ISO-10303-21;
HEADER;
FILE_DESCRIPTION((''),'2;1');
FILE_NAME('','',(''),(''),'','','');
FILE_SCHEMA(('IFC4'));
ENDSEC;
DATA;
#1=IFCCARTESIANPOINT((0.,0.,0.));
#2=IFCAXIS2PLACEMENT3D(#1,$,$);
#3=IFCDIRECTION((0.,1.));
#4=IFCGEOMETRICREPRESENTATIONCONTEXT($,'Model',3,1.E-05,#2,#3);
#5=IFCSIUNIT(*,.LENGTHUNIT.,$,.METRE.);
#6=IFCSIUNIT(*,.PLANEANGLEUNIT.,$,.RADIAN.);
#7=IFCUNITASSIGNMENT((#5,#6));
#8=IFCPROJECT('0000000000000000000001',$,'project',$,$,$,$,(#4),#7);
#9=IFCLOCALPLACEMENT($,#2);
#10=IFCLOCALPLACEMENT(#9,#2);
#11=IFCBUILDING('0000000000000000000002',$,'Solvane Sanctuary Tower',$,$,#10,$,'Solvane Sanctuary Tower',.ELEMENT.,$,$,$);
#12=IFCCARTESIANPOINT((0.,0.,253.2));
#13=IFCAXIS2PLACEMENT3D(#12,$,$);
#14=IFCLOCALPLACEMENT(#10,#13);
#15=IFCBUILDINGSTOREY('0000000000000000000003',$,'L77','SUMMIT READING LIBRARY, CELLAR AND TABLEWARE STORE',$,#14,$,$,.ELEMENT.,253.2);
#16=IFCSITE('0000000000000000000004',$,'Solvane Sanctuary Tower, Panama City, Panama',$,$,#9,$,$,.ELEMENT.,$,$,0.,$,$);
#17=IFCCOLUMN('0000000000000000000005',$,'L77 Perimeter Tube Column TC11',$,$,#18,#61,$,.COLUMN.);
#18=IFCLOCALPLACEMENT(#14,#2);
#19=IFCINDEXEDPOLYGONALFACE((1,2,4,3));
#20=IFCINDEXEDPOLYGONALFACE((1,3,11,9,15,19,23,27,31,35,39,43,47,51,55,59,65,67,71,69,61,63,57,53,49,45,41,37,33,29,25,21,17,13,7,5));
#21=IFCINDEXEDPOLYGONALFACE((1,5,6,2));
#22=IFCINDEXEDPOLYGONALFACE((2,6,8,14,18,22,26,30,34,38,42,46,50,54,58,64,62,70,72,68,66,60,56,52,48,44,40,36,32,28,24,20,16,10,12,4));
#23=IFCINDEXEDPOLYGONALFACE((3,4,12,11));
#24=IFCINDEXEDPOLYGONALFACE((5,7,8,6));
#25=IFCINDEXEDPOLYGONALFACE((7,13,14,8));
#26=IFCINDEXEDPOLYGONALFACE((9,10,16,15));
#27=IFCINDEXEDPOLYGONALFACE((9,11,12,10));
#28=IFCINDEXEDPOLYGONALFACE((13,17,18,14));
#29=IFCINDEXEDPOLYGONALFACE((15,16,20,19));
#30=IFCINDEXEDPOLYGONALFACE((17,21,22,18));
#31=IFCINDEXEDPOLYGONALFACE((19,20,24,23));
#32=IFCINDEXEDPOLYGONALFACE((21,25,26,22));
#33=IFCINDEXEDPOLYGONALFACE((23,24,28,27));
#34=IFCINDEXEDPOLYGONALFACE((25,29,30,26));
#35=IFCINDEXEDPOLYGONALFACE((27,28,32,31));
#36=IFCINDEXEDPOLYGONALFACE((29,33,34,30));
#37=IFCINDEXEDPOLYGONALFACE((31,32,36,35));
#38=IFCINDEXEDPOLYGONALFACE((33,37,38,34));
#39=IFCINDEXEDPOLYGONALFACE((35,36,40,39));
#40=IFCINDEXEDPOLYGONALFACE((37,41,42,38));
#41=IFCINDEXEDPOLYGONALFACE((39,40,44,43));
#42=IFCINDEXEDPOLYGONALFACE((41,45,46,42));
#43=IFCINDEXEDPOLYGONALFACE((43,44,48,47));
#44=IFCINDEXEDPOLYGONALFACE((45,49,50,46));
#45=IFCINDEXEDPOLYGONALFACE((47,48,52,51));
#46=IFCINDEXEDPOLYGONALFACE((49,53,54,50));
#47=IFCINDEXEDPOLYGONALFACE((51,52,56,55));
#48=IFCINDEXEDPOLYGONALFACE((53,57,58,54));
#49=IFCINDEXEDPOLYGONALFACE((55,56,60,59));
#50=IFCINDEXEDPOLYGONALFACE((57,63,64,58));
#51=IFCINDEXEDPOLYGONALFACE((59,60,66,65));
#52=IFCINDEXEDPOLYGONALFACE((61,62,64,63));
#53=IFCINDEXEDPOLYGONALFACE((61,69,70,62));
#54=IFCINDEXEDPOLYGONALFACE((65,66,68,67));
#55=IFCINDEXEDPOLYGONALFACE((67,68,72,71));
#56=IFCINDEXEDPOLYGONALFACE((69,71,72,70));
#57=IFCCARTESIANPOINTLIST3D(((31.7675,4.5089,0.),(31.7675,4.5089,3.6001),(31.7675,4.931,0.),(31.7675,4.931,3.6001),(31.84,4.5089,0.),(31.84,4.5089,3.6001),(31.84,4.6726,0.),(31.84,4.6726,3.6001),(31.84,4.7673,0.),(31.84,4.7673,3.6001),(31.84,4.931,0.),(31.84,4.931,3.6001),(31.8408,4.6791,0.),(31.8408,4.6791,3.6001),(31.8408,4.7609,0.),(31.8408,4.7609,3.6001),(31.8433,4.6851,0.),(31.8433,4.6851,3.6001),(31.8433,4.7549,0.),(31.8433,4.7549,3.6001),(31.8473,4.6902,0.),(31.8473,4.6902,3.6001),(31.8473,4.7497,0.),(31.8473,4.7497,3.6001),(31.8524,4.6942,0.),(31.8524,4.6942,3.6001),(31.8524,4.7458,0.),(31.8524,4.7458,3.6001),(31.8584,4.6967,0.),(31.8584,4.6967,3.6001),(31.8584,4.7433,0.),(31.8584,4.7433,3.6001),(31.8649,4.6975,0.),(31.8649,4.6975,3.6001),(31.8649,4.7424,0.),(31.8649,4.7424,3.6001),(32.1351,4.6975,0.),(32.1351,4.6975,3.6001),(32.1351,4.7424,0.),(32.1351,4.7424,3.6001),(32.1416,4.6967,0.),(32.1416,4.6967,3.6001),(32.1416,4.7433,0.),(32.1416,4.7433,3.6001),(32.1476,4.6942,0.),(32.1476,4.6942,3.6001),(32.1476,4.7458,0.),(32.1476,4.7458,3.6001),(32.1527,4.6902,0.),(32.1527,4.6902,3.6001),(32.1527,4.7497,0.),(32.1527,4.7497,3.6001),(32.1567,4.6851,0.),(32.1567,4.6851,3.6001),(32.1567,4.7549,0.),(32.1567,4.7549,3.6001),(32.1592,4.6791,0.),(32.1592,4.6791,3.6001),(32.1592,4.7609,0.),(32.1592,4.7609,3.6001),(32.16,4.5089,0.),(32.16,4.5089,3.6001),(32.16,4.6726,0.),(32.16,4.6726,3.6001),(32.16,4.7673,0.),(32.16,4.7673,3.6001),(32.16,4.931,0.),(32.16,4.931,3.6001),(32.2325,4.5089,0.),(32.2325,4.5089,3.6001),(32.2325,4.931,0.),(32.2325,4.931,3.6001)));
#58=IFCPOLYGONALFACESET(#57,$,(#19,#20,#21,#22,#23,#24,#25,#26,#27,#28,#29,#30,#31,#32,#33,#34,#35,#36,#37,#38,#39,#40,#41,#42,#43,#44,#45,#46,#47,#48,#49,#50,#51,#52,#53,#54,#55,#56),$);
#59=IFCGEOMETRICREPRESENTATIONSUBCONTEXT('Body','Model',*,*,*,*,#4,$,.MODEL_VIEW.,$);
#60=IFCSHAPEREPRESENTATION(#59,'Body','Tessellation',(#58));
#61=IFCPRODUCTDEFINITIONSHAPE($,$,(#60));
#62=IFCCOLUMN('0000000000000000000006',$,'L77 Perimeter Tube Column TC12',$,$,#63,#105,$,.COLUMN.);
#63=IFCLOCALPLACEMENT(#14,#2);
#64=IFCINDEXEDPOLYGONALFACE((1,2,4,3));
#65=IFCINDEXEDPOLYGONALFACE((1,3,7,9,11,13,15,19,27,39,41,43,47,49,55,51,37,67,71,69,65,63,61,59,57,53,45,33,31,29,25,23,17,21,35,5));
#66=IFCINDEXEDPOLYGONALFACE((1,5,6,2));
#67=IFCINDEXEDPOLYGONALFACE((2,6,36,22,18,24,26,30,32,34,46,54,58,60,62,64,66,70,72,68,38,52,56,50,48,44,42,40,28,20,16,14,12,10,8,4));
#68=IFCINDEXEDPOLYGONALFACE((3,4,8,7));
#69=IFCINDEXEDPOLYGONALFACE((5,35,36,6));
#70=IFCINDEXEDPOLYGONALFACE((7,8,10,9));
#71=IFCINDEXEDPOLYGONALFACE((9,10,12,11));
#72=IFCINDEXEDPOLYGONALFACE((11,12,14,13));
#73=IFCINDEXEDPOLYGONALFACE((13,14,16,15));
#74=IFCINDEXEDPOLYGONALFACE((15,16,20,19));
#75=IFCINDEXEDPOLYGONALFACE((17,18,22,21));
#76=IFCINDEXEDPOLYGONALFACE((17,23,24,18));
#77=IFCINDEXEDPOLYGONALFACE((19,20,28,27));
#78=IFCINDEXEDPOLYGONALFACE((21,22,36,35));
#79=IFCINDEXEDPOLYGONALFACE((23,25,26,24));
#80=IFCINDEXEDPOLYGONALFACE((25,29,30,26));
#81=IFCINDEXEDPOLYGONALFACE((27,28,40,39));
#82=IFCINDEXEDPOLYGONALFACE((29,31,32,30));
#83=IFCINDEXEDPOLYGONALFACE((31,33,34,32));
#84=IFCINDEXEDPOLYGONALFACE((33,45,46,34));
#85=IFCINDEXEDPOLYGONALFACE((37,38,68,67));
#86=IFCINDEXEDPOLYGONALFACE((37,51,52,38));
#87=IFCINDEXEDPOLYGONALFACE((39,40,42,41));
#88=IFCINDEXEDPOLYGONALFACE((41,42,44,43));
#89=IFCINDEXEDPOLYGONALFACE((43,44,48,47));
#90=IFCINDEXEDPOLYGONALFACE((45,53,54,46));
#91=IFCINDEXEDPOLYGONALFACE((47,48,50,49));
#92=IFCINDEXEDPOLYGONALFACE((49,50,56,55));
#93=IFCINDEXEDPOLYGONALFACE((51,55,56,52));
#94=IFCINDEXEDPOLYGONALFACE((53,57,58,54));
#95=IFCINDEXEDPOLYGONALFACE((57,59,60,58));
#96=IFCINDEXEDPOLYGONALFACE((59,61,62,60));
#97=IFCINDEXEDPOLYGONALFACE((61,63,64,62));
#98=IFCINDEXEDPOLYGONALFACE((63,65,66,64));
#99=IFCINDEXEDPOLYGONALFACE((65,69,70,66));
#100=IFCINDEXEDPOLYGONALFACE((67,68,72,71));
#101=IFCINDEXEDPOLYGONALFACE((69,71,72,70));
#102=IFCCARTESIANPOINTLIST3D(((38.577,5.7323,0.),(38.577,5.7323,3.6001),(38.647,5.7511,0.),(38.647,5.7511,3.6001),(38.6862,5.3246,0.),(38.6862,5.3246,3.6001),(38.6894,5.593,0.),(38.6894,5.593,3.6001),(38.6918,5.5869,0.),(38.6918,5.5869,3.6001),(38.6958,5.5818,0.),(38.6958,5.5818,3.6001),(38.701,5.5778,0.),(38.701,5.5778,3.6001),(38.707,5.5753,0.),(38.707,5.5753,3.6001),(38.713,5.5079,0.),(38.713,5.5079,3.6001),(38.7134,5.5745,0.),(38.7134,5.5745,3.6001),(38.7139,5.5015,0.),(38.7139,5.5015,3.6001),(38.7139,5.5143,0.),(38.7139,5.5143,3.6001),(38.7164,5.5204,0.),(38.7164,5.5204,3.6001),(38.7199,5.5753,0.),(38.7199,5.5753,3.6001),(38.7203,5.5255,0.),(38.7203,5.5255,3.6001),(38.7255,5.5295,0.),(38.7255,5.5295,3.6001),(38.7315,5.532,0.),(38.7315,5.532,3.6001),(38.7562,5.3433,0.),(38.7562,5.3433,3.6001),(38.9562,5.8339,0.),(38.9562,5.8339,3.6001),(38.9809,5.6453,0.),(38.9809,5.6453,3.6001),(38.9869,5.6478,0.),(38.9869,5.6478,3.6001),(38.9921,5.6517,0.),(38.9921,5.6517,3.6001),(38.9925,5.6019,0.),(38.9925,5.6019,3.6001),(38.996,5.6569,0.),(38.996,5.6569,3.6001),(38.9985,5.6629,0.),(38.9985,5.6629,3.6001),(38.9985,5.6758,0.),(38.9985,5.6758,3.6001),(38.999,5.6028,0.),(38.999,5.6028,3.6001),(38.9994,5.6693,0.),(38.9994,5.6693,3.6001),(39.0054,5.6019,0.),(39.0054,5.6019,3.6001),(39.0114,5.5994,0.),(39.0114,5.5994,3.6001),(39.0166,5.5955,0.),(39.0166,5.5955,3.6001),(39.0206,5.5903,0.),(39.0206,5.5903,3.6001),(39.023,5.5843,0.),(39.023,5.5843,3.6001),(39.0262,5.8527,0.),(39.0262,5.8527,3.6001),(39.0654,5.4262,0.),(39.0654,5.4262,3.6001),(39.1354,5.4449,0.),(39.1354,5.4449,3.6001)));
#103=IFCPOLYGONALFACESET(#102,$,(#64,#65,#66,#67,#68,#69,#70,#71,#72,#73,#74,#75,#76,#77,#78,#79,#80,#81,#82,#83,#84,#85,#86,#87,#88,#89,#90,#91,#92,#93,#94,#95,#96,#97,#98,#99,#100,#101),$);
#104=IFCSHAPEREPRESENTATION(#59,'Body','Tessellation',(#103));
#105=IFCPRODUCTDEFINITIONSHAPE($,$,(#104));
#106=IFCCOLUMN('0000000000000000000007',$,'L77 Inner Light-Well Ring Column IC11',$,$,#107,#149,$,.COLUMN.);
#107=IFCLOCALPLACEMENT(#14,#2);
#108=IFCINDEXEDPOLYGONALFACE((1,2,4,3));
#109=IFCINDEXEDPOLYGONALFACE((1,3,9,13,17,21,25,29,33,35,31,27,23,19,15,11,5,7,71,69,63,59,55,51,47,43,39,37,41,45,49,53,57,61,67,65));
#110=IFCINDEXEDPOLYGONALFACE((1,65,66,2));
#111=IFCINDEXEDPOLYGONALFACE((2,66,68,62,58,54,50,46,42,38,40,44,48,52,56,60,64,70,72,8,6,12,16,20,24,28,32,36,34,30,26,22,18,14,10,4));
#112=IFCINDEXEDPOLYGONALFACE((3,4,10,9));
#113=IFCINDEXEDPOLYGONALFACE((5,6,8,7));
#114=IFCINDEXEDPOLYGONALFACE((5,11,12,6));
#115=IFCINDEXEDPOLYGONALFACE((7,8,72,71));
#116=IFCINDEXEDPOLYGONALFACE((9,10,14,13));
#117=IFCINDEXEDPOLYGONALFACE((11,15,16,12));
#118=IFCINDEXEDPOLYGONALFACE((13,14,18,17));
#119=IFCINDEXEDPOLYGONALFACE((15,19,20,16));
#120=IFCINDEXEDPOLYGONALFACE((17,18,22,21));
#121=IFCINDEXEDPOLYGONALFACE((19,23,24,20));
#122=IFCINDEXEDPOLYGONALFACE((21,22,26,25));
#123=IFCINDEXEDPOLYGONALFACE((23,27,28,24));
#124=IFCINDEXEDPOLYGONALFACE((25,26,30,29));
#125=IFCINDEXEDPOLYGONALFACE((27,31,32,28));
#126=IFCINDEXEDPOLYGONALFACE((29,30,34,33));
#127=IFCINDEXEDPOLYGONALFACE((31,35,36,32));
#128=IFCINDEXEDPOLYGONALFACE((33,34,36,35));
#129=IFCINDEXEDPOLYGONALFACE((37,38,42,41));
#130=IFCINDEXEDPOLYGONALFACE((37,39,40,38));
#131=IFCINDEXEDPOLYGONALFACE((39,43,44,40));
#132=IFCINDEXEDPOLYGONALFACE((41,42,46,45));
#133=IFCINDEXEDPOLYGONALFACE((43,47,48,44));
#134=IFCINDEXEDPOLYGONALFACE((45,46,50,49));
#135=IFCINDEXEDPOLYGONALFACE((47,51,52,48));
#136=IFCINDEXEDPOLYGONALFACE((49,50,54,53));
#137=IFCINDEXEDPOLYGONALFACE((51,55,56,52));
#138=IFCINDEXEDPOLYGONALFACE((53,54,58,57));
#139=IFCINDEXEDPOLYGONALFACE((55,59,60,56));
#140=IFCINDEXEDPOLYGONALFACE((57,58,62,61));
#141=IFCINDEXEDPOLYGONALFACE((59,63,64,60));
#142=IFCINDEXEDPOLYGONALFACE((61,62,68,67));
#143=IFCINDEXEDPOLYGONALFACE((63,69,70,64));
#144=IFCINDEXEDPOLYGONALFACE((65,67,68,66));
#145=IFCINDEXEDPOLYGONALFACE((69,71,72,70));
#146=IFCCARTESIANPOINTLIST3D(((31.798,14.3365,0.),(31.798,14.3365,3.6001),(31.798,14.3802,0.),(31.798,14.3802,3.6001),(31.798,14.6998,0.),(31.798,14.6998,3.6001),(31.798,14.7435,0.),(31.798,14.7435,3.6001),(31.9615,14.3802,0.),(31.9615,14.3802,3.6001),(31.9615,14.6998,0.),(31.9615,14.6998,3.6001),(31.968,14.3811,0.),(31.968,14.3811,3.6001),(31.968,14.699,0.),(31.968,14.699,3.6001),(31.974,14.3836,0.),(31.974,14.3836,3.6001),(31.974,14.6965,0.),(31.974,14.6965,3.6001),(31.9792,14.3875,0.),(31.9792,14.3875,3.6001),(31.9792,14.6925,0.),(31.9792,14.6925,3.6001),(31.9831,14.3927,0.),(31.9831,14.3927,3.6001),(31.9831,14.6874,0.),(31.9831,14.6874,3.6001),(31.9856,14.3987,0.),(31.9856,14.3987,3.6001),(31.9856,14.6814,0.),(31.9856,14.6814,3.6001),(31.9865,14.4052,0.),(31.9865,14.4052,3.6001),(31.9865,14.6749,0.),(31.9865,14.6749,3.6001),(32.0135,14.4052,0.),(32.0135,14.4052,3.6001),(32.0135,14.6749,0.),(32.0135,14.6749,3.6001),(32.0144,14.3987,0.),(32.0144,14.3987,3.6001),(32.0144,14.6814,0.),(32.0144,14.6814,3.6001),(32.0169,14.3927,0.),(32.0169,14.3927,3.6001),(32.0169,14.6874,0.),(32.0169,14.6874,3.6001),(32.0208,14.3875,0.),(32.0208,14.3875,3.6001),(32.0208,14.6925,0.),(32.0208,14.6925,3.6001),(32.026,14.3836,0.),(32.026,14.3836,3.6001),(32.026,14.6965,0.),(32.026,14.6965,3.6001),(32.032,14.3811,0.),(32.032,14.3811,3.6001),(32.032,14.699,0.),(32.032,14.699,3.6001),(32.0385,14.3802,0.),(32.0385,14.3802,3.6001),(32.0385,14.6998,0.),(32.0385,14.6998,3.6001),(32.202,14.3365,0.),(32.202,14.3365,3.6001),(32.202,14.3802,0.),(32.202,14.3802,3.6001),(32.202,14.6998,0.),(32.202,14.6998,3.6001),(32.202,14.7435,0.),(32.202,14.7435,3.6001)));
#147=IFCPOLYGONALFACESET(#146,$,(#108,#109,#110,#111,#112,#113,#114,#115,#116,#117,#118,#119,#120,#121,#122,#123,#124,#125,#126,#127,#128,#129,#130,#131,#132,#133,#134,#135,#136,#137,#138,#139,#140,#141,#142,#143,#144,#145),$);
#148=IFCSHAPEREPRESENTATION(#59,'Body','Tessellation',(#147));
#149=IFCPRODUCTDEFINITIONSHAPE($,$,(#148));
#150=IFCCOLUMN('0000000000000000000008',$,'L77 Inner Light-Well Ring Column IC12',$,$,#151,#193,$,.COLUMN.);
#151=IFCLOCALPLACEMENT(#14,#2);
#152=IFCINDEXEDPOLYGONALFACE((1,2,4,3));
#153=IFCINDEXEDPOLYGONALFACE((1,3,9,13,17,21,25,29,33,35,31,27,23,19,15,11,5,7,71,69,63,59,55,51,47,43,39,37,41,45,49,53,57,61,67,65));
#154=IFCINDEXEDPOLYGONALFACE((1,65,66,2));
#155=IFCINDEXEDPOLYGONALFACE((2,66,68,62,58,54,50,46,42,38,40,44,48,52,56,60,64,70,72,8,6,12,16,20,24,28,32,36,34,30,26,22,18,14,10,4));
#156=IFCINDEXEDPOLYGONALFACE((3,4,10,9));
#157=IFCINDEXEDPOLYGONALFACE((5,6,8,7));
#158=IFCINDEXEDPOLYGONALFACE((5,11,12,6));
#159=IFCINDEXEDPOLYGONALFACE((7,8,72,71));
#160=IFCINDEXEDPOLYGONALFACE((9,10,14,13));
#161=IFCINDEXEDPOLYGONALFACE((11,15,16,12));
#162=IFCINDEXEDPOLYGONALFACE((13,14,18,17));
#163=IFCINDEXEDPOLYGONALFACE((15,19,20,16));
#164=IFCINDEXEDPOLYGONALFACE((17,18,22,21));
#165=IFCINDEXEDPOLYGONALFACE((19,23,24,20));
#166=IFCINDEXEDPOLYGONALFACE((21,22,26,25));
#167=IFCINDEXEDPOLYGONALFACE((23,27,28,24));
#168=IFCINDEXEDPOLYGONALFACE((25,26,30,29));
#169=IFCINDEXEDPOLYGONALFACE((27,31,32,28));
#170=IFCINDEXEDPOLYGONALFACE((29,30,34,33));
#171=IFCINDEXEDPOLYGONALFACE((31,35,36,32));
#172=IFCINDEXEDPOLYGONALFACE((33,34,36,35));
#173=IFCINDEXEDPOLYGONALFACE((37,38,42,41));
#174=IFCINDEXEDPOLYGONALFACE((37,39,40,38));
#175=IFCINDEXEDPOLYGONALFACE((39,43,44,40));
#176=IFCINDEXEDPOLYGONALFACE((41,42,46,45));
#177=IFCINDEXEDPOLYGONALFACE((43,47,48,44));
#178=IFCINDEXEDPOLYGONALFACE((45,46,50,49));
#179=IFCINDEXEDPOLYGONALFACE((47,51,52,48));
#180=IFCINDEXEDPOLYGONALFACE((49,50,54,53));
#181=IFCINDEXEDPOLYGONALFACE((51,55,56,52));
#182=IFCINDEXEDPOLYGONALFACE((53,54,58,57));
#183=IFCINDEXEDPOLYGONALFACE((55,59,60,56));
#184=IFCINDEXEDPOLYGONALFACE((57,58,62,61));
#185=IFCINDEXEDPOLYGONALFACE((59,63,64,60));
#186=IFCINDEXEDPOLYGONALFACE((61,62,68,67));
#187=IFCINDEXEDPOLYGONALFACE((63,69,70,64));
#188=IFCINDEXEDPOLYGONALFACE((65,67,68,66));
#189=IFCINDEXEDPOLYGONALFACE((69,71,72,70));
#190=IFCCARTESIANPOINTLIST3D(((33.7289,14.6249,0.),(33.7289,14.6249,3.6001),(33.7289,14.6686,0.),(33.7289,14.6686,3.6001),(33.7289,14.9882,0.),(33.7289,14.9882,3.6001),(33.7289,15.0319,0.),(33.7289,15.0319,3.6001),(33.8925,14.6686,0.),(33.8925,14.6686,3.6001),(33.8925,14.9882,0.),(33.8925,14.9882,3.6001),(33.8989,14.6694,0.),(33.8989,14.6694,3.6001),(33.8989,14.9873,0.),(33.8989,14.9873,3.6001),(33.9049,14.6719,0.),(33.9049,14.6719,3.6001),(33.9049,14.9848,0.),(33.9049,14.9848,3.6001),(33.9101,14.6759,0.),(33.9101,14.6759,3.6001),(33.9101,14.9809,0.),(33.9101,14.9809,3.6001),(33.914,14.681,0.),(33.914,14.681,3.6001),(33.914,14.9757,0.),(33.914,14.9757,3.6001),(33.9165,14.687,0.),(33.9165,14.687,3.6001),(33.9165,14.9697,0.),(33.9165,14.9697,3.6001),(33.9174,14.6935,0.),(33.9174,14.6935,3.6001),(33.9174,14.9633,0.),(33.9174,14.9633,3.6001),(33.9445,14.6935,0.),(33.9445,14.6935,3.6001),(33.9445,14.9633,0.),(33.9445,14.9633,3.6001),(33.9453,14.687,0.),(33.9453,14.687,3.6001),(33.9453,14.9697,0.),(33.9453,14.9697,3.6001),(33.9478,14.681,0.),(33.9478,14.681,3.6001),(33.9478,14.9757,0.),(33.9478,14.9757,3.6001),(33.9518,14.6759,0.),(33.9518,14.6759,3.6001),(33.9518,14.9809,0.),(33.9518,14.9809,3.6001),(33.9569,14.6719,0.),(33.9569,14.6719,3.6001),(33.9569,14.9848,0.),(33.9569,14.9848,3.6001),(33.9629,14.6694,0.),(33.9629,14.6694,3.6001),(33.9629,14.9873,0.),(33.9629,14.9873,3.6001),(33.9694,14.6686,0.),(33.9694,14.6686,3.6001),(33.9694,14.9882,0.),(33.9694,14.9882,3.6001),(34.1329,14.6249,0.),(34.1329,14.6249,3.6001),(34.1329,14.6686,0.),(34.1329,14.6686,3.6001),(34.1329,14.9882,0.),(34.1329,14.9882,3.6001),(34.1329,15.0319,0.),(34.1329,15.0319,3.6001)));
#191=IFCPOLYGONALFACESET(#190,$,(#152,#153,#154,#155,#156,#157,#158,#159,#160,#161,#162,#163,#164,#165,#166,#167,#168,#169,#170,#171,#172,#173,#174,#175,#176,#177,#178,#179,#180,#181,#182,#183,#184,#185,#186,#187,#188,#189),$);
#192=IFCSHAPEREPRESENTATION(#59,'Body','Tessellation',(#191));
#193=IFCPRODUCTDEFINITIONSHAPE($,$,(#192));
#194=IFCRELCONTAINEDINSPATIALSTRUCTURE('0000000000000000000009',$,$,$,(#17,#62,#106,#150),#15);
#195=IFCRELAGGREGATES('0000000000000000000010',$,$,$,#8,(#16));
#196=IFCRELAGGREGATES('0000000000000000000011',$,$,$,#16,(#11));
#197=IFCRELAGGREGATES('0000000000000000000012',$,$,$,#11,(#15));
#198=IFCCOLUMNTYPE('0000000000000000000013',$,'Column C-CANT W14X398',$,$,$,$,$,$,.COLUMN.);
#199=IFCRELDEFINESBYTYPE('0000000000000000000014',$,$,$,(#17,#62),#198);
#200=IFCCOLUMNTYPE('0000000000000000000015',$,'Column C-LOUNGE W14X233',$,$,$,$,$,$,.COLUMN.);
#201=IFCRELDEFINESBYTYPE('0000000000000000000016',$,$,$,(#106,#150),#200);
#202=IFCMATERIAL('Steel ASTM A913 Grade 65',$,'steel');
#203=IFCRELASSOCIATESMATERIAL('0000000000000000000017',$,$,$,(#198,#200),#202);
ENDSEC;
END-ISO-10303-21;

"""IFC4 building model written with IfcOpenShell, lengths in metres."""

from ifc_helpers import new_model, si_unit, direction, frame, origin, origin_2d, place, context, subcontext, project, spatial, i_section, extrude, material, material_profile, profile_set, type_object, element, save


model = new_model("IFC4")

# Units and contexts
model_context = context("Model", 3, precision=1e-05, world=origin(), true_north=direction((0.0, 1.0)))
body_context = subcontext(model_context, "Body", "Model", "MODEL_VIEW")
ifc_project = project(units=[si_unit("LENGTHUNIT", "METRE"), si_unit("PLANEANGLEUNIT", "RADIAN")], contexts=[model_context])

# Site, building, storey
site_placement = place(None, origin())
site = spatial("IfcSite", under=ifc_project, at=site_placement, Name="Solvane Sanctuary Tower, Panama City, Panama", CompositionType="ELEMENT", RefElevation=0.0)
building_placement = place(site_placement, origin())
building = spatial("IfcBuilding", under=site, at=building_placement, Name="Solvane Sanctuary Tower", LongName="Solvane Sanctuary Tower", CompositionType="ELEMENT")
storey_placement = place(building_placement, frame((0.0, 0.0, 253.2)))
storey = spatial("IfcBuildingStorey", under=building, at=storey_placement, Name="L77", Description="SUMMIT READING LIBRARY, CELLAR AND TABLEWARE STORE", CompositionType="ELEMENT", Elevation=253.2)

# Columns
ifc_material_1 = material(Name="Steel ASTM A913 Grade 65", Category="steel")
ifc_material_profile_1 = material_profile(ifc_material_1, i_section(OverallWidth=0.4221, OverallDepth=0.4651, WebThickness=0.0449, FlangeThickness=0.0725, FilletRadius=0.0249, at=origin_2d()), Name="W14X398")
ifc_profile_set_1 = profile_set([ifc_material_profile_1], Name="Steel ASTM A913 Grade 65")
column_type_1 = type_object("IfcColumnType", Name="Column C-CANT W14X398", PredefinedType="COLUMN", material=ifc_profile_set_1)
for number, where, z_axis, x_axis, name in (
    (1, (32.0, 4.72, 0.0), (0.0, 0.0, 1.0), (0.0, -1.0, 0.0), "L77 Perimeter Tube Column TC11"),
    (2, (38.8562, 5.5886, 0.0), (0.0, 0.0, 1.0), (0.258819, -0.965926, 0.0), "L77 Perimeter Tube Column TC12"),
):
    element("IfcColumn", number, at=place(storey_placement, frame(where, z_axis=z_axis, x_axis=x_axis)), inside=storey, type_object=column_type_1, Name=name, PredefinedType="COLUMN", context=body_context, shape_type="SweptSolid", body=[
        extrude(i_section(OverallWidth=0.4221, OverallDepth=0.4651, WebThickness=0.0449, FlangeThickness=0.0725, FilletRadius=0.0249, at=origin_2d()), origin(), (0.0, 0.0, 1.0), 3.6001),
    ])
ifc_material_profile_2 = material_profile(ifc_material_1, i_section(OverallWidth=0.4041, OverallDepth=0.407, WebThickness=0.0271, FlangeThickness=0.0437, FilletRadius=0.0249, at=origin_2d()), Name="W14X233")
ifc_profile_set_2 = profile_set([ifc_material_profile_2], Name="Steel ASTM A913 Grade 65")
column_type_2 = type_object("IfcColumnType", Name="Column C-LOUNGE W14X233", PredefinedType="COLUMN", material=ifc_profile_set_2)
for number, where, z_axis, x_axis, name in (
    (3, (32.0, 14.54, 0.0), (0.0, 0.0, 1.0), (1.0, 0.0, 0.0), "L77 Inner Light-Well Ring Column IC11"),
    (4, (33.9309, 14.8284, 0.0), (0.0, 0.0, 1.0), (1.0, 0.0, 0.0), "L77 Inner Light-Well Ring Column IC12"),
):
    element("IfcColumn", number, at=place(storey_placement, frame(where, z_axis=z_axis, x_axis=x_axis)), inside=storey, type_object=column_type_2, Name=name, PredefinedType="COLUMN", context=body_context, shape_type="SweptSolid", body=[
        extrude(i_section(OverallWidth=0.4041, OverallDepth=0.407, WebThickness=0.0271, FlangeThickness=0.0437, FilletRadius=0.0249, at=origin_2d()), origin(), (0.0, 0.0, 1.0), 3.6001),
    ])

save(model, "model.ifc")
